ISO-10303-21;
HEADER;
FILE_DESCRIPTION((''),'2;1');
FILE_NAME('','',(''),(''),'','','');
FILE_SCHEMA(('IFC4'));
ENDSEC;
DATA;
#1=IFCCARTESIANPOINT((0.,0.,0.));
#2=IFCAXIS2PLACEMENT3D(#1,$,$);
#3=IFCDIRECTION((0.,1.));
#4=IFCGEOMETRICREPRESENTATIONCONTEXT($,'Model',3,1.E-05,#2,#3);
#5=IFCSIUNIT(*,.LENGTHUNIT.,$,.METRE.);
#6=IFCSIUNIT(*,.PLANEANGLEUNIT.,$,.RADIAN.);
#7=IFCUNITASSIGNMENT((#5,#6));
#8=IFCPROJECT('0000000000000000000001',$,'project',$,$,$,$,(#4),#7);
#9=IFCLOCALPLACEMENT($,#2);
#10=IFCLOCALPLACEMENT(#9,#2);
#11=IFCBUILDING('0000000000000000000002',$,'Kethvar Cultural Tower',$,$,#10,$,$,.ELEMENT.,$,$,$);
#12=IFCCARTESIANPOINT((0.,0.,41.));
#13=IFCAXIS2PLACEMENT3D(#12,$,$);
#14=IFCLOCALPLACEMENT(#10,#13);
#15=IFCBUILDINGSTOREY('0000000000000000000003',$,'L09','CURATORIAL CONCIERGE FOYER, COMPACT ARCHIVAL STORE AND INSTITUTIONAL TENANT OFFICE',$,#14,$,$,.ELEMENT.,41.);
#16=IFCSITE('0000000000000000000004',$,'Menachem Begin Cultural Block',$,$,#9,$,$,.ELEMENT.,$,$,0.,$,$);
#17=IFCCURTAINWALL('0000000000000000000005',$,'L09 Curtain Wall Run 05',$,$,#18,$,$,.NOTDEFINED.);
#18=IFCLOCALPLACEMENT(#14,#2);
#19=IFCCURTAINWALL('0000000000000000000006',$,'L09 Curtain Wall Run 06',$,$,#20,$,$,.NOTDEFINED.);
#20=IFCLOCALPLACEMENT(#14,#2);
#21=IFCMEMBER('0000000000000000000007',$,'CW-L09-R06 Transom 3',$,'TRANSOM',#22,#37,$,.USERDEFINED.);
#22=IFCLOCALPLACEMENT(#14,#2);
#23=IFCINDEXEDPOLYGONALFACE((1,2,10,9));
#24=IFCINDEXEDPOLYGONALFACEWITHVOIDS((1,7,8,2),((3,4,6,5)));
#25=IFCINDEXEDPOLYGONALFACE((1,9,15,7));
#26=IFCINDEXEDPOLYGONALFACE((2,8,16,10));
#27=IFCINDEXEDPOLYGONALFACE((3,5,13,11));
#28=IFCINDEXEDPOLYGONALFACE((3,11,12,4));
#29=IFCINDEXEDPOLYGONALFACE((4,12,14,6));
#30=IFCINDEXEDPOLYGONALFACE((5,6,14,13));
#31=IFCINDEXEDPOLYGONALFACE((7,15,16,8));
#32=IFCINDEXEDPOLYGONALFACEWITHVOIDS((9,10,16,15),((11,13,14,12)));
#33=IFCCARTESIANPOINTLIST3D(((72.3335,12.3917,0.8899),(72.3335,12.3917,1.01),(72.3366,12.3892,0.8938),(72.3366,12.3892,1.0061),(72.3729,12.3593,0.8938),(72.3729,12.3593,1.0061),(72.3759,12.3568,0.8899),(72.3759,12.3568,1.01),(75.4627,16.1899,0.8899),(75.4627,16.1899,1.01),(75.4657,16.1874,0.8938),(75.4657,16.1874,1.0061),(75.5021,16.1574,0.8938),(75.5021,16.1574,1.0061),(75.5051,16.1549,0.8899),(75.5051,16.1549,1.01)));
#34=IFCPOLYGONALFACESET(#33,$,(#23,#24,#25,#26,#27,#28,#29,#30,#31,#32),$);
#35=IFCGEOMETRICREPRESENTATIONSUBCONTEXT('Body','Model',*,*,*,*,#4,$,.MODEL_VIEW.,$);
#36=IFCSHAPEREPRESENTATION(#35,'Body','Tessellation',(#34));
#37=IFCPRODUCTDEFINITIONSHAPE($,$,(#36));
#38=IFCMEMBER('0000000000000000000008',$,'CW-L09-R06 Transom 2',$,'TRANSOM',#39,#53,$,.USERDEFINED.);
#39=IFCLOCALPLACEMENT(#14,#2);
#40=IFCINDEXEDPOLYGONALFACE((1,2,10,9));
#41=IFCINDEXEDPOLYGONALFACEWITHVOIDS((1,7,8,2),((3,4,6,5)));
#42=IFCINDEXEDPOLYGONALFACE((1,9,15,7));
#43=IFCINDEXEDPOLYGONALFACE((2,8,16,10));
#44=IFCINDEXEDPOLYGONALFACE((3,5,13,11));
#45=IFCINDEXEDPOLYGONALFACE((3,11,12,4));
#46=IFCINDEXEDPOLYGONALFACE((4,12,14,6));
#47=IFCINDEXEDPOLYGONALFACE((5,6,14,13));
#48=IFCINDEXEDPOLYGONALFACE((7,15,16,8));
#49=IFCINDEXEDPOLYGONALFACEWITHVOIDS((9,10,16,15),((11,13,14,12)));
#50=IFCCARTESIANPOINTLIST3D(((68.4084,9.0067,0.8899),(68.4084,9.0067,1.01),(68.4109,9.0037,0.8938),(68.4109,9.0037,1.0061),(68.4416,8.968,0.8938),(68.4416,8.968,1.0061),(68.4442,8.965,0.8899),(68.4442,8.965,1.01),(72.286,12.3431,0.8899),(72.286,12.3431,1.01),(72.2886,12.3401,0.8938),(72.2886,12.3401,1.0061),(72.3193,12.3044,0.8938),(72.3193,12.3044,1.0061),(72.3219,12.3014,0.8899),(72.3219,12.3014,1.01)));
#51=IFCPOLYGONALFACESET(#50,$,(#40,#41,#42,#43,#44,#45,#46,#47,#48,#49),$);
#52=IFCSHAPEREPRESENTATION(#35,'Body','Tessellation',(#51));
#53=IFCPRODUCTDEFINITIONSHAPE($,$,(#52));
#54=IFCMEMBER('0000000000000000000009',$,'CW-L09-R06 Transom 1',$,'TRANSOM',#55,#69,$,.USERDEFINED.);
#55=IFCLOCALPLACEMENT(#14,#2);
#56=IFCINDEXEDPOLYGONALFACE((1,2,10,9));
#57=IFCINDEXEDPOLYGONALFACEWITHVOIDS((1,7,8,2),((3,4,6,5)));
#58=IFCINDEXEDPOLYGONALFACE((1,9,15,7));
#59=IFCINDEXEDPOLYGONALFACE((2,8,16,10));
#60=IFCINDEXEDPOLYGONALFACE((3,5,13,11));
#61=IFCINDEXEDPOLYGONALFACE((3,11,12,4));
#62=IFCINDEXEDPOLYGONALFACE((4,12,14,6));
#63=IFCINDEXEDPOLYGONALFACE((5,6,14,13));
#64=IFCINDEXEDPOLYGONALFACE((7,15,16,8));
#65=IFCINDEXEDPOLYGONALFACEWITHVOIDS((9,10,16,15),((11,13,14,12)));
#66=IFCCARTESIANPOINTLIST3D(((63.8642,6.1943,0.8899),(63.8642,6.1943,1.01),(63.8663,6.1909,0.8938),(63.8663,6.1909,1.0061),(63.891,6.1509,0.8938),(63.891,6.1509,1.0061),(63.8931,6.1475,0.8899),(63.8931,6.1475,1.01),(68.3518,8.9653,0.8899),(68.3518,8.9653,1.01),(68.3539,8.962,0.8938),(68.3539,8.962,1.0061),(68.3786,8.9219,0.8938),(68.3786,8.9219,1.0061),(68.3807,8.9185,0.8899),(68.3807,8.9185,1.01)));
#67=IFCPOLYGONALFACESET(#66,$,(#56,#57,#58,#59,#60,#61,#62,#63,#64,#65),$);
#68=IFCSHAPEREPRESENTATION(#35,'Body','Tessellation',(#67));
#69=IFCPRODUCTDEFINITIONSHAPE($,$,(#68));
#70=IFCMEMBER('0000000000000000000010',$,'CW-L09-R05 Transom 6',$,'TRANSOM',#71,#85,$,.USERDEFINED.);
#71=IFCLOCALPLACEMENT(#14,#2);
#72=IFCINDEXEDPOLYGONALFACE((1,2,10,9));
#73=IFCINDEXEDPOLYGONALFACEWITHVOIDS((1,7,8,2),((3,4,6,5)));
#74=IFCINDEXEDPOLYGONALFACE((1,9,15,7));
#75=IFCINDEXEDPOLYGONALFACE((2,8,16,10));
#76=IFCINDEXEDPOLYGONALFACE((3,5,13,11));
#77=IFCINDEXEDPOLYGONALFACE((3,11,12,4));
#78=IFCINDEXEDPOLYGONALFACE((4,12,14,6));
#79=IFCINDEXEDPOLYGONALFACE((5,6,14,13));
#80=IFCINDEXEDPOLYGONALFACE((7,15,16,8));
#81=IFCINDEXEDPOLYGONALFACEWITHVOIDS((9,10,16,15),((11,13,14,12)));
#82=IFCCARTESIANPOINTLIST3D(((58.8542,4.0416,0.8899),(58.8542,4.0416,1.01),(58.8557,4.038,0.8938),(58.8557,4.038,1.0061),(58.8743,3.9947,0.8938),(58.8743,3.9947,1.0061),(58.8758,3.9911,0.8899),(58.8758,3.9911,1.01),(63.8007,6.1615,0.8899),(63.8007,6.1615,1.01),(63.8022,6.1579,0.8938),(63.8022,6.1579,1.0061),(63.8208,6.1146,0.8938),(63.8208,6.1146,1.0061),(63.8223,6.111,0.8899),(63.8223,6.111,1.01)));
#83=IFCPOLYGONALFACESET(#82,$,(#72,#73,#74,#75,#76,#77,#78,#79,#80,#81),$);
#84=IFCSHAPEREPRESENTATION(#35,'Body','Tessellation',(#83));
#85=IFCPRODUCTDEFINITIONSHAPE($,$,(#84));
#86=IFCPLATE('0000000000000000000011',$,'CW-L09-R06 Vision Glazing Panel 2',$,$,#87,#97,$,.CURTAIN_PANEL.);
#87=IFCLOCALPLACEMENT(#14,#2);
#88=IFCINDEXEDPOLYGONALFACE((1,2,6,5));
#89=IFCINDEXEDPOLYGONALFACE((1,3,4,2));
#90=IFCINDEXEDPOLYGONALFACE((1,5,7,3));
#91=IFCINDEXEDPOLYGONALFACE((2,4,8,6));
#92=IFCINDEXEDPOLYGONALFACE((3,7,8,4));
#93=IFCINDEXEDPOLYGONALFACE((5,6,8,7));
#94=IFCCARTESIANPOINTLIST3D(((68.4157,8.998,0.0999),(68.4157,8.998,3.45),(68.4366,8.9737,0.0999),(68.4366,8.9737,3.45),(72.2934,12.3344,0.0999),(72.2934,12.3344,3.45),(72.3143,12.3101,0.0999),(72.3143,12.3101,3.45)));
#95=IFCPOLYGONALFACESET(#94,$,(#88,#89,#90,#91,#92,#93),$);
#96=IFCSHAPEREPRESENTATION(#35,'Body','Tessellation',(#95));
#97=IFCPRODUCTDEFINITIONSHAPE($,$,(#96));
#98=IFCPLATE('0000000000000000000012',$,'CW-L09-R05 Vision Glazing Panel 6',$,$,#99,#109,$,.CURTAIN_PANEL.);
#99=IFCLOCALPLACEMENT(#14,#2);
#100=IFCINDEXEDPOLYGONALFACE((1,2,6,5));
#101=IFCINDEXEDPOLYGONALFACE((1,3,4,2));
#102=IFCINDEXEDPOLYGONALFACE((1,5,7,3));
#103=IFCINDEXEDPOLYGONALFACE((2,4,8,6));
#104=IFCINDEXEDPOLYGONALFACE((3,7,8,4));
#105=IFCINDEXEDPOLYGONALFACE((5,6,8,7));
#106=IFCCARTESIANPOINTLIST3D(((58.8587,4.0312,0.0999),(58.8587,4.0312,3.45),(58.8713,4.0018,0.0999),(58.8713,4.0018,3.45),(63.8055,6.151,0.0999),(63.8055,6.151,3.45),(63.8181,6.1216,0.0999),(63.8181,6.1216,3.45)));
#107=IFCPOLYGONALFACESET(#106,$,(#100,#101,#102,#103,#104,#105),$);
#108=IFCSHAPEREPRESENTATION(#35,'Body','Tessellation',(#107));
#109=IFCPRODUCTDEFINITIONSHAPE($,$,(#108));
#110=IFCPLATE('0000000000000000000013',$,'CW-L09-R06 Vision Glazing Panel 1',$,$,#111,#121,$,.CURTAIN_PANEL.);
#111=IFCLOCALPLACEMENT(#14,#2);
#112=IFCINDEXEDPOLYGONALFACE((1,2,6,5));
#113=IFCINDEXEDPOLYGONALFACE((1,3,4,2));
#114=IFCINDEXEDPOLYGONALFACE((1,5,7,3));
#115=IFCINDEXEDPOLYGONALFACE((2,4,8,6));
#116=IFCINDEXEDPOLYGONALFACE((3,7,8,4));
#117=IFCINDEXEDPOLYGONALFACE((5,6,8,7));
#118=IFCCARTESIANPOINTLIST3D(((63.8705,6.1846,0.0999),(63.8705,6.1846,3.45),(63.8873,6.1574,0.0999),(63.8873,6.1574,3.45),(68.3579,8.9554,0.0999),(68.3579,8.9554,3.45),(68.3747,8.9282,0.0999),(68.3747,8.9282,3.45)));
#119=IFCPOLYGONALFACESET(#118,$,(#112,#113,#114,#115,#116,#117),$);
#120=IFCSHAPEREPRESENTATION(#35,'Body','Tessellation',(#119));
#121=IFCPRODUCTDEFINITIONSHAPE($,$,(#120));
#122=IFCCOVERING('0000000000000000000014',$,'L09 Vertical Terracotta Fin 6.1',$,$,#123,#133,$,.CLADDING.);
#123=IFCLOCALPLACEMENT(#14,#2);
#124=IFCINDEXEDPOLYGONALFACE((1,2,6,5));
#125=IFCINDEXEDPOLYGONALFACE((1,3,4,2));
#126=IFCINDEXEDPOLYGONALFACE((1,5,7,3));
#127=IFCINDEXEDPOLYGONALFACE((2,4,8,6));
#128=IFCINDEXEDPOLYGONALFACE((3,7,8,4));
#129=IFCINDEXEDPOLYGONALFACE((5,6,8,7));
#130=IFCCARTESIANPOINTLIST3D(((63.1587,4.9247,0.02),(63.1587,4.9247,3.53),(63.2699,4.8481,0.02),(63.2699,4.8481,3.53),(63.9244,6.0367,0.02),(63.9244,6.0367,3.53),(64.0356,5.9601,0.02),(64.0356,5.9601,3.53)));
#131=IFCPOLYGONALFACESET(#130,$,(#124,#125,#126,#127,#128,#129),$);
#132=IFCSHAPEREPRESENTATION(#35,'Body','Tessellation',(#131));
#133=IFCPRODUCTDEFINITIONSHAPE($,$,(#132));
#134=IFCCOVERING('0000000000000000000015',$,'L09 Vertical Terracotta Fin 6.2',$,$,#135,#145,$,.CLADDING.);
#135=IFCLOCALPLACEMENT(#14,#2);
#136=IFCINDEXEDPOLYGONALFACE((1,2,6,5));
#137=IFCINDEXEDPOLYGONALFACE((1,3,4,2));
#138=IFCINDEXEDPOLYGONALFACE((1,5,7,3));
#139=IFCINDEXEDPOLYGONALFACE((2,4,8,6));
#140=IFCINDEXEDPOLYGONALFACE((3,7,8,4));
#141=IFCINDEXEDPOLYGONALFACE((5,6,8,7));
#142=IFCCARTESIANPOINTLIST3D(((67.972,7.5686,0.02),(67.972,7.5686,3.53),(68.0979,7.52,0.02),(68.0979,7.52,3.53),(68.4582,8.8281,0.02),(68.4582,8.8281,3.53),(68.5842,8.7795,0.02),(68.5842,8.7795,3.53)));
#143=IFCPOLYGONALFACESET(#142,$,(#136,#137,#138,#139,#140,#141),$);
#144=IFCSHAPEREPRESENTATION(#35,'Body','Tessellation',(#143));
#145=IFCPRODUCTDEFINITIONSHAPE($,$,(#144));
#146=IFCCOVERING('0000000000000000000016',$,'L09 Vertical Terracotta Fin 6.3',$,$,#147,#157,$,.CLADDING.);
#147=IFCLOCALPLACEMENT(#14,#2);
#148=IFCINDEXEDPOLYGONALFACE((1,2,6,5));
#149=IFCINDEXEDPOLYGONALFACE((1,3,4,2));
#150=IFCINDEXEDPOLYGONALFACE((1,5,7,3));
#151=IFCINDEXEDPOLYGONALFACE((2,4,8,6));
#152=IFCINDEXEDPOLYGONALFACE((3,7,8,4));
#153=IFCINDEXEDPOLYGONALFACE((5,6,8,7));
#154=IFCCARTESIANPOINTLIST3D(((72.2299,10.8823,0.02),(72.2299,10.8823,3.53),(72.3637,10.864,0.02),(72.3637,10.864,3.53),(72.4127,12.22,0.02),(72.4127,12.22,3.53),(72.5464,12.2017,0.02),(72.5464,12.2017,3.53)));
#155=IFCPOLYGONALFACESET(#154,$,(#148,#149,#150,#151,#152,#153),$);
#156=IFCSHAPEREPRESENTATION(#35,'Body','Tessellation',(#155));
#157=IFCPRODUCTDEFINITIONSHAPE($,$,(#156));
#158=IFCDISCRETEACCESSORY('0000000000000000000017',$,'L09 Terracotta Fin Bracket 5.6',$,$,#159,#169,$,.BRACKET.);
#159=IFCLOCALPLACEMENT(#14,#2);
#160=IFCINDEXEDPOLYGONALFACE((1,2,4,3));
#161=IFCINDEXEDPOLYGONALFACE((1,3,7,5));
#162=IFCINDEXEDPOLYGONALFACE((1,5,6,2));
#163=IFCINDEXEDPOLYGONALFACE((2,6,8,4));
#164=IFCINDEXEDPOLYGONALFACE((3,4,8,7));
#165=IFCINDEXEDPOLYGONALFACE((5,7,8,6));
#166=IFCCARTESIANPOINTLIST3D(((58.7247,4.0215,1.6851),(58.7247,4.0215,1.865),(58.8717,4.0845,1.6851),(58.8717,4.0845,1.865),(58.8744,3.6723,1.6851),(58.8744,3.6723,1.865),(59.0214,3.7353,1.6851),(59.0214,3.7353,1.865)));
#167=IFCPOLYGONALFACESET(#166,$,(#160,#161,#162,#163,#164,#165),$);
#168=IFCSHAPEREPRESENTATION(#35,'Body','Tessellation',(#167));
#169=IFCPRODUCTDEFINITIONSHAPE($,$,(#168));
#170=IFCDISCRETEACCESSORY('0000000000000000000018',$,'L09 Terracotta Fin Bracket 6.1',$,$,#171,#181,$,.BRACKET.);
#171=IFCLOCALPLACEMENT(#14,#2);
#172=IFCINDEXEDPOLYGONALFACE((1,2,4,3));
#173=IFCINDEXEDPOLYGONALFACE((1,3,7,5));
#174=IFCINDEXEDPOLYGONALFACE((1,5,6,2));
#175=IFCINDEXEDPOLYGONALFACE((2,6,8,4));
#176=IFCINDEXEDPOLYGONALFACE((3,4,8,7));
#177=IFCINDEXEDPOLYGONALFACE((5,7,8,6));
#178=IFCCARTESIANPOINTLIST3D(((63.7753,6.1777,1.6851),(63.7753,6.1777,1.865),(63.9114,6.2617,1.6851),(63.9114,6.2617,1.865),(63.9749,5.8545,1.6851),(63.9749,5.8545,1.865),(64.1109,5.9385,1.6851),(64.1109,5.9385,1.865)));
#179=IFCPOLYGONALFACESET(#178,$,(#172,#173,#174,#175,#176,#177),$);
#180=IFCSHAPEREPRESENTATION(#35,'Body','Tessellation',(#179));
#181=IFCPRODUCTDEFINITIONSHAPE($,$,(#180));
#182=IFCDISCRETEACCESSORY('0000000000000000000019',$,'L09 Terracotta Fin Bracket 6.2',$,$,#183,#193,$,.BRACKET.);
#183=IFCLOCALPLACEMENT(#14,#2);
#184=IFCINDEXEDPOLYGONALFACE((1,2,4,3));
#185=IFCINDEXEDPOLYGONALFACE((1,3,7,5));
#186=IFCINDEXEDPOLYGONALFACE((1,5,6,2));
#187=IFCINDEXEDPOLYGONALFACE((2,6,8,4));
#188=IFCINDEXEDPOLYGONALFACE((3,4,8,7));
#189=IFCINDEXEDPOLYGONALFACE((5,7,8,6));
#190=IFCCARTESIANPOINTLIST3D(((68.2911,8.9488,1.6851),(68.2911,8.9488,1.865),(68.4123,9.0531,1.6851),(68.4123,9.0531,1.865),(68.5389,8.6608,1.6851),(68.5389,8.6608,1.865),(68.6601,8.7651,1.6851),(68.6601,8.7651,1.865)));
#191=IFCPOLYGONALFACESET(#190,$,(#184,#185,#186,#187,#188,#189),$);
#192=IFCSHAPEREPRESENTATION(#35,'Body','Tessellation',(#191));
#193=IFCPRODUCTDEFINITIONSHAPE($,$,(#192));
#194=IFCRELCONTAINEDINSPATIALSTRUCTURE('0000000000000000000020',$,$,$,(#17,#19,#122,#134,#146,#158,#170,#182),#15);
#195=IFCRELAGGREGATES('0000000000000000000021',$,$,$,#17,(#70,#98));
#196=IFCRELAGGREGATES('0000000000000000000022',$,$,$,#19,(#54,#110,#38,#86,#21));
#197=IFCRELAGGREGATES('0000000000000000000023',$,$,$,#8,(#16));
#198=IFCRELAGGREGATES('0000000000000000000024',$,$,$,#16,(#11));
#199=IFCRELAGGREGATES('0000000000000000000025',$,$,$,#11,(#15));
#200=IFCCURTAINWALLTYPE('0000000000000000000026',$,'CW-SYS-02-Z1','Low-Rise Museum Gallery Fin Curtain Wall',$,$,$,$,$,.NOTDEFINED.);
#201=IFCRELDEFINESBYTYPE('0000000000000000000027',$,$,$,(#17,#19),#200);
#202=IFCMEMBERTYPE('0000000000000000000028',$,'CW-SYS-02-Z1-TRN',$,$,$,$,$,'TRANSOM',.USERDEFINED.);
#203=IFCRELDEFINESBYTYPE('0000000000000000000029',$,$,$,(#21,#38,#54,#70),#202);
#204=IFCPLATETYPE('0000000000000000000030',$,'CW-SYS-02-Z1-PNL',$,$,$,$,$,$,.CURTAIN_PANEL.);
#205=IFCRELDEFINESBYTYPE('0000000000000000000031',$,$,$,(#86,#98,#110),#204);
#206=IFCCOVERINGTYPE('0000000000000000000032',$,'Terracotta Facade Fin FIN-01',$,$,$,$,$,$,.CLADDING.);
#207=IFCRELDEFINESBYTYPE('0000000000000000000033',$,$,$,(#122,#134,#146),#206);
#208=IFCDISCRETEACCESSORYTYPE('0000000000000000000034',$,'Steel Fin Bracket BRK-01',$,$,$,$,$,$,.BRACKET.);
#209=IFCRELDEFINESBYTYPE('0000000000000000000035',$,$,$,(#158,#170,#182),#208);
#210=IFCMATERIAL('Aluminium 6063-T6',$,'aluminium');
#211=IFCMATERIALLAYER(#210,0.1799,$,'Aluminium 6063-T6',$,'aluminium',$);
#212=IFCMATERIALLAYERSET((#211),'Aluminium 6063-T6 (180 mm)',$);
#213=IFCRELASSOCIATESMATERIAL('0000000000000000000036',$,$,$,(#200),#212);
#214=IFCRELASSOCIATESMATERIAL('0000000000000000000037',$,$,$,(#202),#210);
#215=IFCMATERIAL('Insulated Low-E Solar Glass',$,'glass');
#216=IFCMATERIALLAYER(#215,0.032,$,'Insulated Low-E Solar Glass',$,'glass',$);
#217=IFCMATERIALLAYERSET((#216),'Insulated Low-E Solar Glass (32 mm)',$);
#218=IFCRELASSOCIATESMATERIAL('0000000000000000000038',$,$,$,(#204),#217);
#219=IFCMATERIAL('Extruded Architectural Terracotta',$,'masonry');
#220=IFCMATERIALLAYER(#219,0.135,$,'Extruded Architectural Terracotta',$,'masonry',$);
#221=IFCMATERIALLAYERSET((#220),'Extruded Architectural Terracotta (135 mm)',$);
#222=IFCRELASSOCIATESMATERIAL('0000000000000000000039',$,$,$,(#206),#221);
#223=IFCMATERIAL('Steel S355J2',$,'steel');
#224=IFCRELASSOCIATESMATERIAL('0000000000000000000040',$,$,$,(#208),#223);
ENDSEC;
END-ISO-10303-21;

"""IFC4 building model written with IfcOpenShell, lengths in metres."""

from ifc_helpers import new_model, si_unit, direction, frame, origin, origin_2d, place, context, subcontext, project, spatial, rectangle, hollow_rectangle, extrude, source, transform, mapped, material, layer, layer_set, material_profile, profile_set, type_object, element, aggregate, save


model = new_model("IFC4")

# Units and contexts
model_context = context("Model", 3, precision=1e-05, world=origin(), true_north=direction((0.0, 1.0)))
body_context = subcontext(model_context, "Body", "Model", "MODEL_VIEW")
ifc_project = project(units=[si_unit("LENGTHUNIT", "METRE"), si_unit("PLANEANGLEUNIT", "RADIAN")], contexts=[model_context])

# Site, building, storey
site_placement = place(None, origin())
site = spatial("IfcSite", under=ifc_project, at=site_placement, Name="Menachem Begin Cultural Block", CompositionType="ELEMENT", RefElevation=0.0)
building_placement = place(site_placement, origin())
building = spatial("IfcBuilding", under=site, at=building_placement, Name="Kethvar Cultural Tower", CompositionType="ELEMENT")
storey_placement = place(building_placement, frame((0.0, 0.0, 41.0)))
storey = spatial("IfcBuildingStorey", under=building, at=storey_placement, Name="L09", Description="CURATORIAL CONCIERGE FOYER, COMPACT ARCHIVAL STORE AND INSTITUTIONAL TENANT OFFICE", CompositionType="ELEMENT", Elevation=41.0)

# Shared definitions
ifc_material_1 = material(Name="Steel S355J2", Category="steel")

# Curtain walls, members
ifc_material_2 = material(Name="Aluminium 6063-T6", Category="aluminium")
ifc_layer_1 = layer(ifc_material_2, 0.1799, Name="Aluminium 6063-T6", Category="aluminium")
ifc_layer_set_1 = layer_set([ifc_layer_1], Name="Aluminium 6063-T6 (180 mm)")
curtain_wall_type = type_object("IfcCurtainWallType", Name="CW-SYS-02-Z1", Description="Low-Rise Museum Gallery Fin Curtain Wall", PredefinedType="NOTDEFINED", material=ifc_layer_set_1)
curtain_wall_1_placement = place(storey_placement, origin())
curtain_wall_1 = element("IfcCurtainWall", 1, at=curtain_wall_1_placement, inside=storey, type_object=curtain_wall_type, Name="L09 Curtain Wall Run 05", PredefinedType="NOTDEFINED")
curtain_wall_2_placement = place(storey_placement, origin())
curtain_wall_2 = element("IfcCurtainWall", 2, at=curtain_wall_2_placement, inside=storey, type_object=curtain_wall_type, Name="L09 Curtain Wall Run 06", PredefinedType="NOTDEFINED")
ifc_material_profile_1 = material_profile(ifc_material_2, hollow_rectangle(XDim=0.0549, YDim=0.1201, WallThickness=0.0039, at=origin_2d()), Name="Aluminium 6063-T6 — RHS120x55x4")
ifc_profile_set_1 = profile_set([ifc_material_profile_1], Name="Aluminium 6063-T6 — RHS120x55x4")
member_type_1 = type_object("IfcMemberType", Name="CW-SYS-02-Z1-TRN", ElementType="TRANSOM", PredefinedType="USERDEFINED", material=ifc_profile_set_1)
shared_shape_1 = source(origin(), body_context, "Body", "SweptSolid", [
    extrude(hollow_rectangle(XDim=0.0549, YDim=0.1201, WallThickness=0.0039, at=origin_2d()), origin(), (0.0, 0.0, 1.0), 4.9211),
])
member_1_placement = place(storey_placement, frame((72.3547, 12.3743, 0.95), z_axis=(0.635865, 0.7718, 0.0), x_axis=(-0.7718, 0.635865, 0.0)))
member_1 = element("IfcMember", 3, at=member_1_placement, type_object=member_type_1, Name="CW-L09-R06 Transom 3", ObjectType="TRANSOM", PredefinedType="USERDEFINED", context=body_context, shape_type="MappedRepresentation", body=[
    mapped(shared_shape_1, transform((0.0, 0.0, 0.0), scale=1.0)),
])
shared_shape_2 = source(origin(), body_context, "Body", "SweptSolid", [
    extrude(hollow_rectangle(XDim=0.0549, YDim=0.1201, WallThickness=0.0039, at=origin_2d()), origin(), (0.0, 0.0, 1.0), 5.1155),
])
member_2_placement = place(storey_placement, frame((68.4263, 8.9858, 0.95), z_axis=(0.758029, 0.652221, 0.0), x_axis=(-0.652221, 0.758029, 0.0)))
member_2 = element("IfcMember", 4, at=member_2_placement, type_object=member_type_1, Name="CW-L09-R06 Transom 2", ObjectType="TRANSOM", PredefinedType="USERDEFINED", context=body_context, shape_type="MappedRepresentation", body=[
    mapped(shared_shape_2, transform((0.0, 0.0, 0.0), scale=1.0)),
])
shared_shape_3 = source(origin(), body_context, "Body", "SweptSolid", [
    extrude(hollow_rectangle(XDim=0.0549, YDim=0.1201, WallThickness=0.0039, at=origin_2d()), origin(), (0.0, 0.0, 1.0), 5.2742),
])
member_3_placement = place(storey_placement, frame((63.8787, 6.1709, 0.95), z_axis=(0.850859, 0.525393, 0.0), x_axis=(-0.525393, 0.850859, 0.0)))
member_3 = element("IfcMember", 5, at=member_3_placement, type_object=member_type_1, Name="CW-L09-R06 Transom 1", ObjectType="TRANSOM", PredefinedType="USERDEFINED", context=body_context, shape_type="MappedRepresentation", body=[
    mapped(shared_shape_3, transform((0.0, 0.0, 0.0), scale=1.0)),
])

# Member
shared_shape_4 = source(origin(), body_context, "Body", "SweptSolid", [
    extrude(hollow_rectangle(XDim=0.0549, YDim=0.1201, WallThickness=0.0039, at=origin_2d()), origin(), (0.0, 0.0, 1.0), 5.3816),
])
member_4_placement = place(storey_placement, frame((58.865, 4.0164, 0.95), z_axis=(0.91915, 0.393908, 0.0), x_axis=(-0.393908, 0.91915, 0.0)))
member_4 = element("IfcMember", 6, at=member_4_placement, type_object=member_type_1, Name="CW-L09-R05 Transom 6", ObjectType="TRANSOM", PredefinedType="USERDEFINED", context=body_context, shape_type="MappedRepresentation", body=[
    mapped(shared_shape_4, transform((0.0, 0.0, 0.0), scale=1.0)),
])

# Plates
ifc_material_3 = material(Name="Insulated Low-E Solar Glass", Category="glass")
ifc_layer_2 = layer(ifc_material_3, 0.032, Name="Insulated Low-E Solar Glass", Category="glass")
ifc_layer_set_2 = layer_set([ifc_layer_2], Name="Insulated Low-E Solar Glass (32 mm)")
plate_type = type_object("IfcPlateType", Name="CW-SYS-02-Z1-PNL", PredefinedType="CURTAIN_PANEL", material=ifc_layer_set_2)
shared_shape_5 = source(origin(), body_context, "Body", "SweptSolid", [
    extrude(rectangle(XDim=5.1155, YDim=0.032, at=origin_2d()), origin(), (0.0, 0.0, 1.0), 3.3501),
])
plate_1_placement = place(storey_placement, frame((70.365, 10.6541, 0.0999), z_axis=(0.0, 0.0, 1.0), x_axis=(0.758032, 0.652217, 0.0)))
plate_1 = element("IfcPlate", 7, at=plate_1_placement, type_object=plate_type, Name="CW-L09-R06 Vision Glazing Panel 2", PredefinedType="CURTAIN_PANEL", context=body_context, shape_type="MappedRepresentation", body=[
    mapped(shared_shape_5, transform((0.0, 0.0, 0.0), scale=1.0)),
])
shared_shape_6 = source(origin(), body_context, "Body", "SweptSolid", [
    extrude(rectangle(XDim=5.3818, YDim=0.032, at=origin_2d()), origin(), (0.0, 0.0, 1.0), 3.3501),
])
plate_2_placement = place(storey_placement, frame((61.3384, 5.0764, 0.0999), z_axis=(0.0, 0.0, 1.0), x_axis=(0.919163, 0.393878, 0.0)))
plate_2 = element("IfcPlate", 8, at=plate_2_placement, type_object=plate_type, Name="CW-L09-R05 Vision Glazing Panel 6", PredefinedType="CURTAIN_PANEL", context=body_context, shape_type="MappedRepresentation", body=[
    mapped(shared_shape_6, transform((0.0, 0.0, 0.0), scale=1.0)),
])
aggregate(curtain_wall_1, [member_4, plate_2])
shared_shape_7 = source(origin(), body_context, "Body", "SweptSolid", [
    extrude(rectangle(XDim=5.2739, YDim=0.032, at=origin_2d()), origin(), (0.0, 0.0, 1.0), 3.3501),
])
plate_3_placement = place(storey_placement, frame((66.1226, 7.5564, 0.0999), z_axis=(0.0, 0.0, 1.0), x_axis=(0.850866, 0.525383, 0.0)))
plate_3 = element("IfcPlate", 9, at=plate_3_placement, type_object=plate_type, Name="CW-L09-R06 Vision Glazing Panel 1", PredefinedType="CURTAIN_PANEL", context=body_context, shape_type="MappedRepresentation", body=[
    mapped(shared_shape_7, transform((0.0, 0.0, 0.0), scale=1.0)),
])
aggregate(curtain_wall_2, [member_3, plate_3, member_2, plate_1, member_1])

# Coverings
ifc_material_4 = material(Name="Extruded Architectural Terracotta", Category="masonry")
ifc_layer_3 = layer(ifc_material_4, 0.135, Name="Extruded Architectural Terracotta", Category="masonry")
ifc_layer_set_3 = layer_set([ifc_layer_3], Name="Extruded Architectural Terracotta (135 mm)")
covering_type = type_object("IfcCoveringType", Name="Terracotta Facade Fin FIN-01", PredefinedType="CLADDING", material=ifc_layer_set_3)
shared_shape_8 = source(origin(), body_context, "Body", "SweptSolid", [
    extrude(rectangle(XDim=1.3501, YDim=0.135, at=origin_2d()), origin(), (0.0, 0.0, 1.0), 3.51),
])
for number, where, z_axis, x_axis, name in (
    (10, (63.5972, 5.4424, 0.02), (0.0, 0.0, 1.0), (-0.567125, -0.823632, 0.0), "L09 Vertical Terracotta Fin 6.1"),
    (11, (68.2781, 8.1741, 0.02), (0.0, 0.0, 1.0), (-0.36016, -0.932891, 0.0), "L09 Vertical Terracotta Fin 6.2"),
    (12, (72.3882, 11.542, 0.02), (0.0, 0.0, 1.0), (-0.13537, -0.990795, 0.0), "L09 Vertical Terracotta Fin 6.3"),
):
    element("IfcCovering", number, at=place(storey_placement, frame(where, z_axis=z_axis, x_axis=x_axis)), inside=storey, type_object=covering_type, Name=name, PredefinedType="CLADDING", context=body_context, shape_type="MappedRepresentation", body=[
        mapped(shared_shape_8, transform((0.0, 0.0, 0.0), scale=1.0)),
    ])

# Discrete accessories
discrete_accessory_type = type_object("IfcDiscreteAccessoryType", Name="Steel Fin Bracket BRK-01", PredefinedType="BRACKET", material=ifc_material_1)
shared_shape_9 = source(origin(), body_context, "Body", "SweptSolid", [
    extrude(rectangle(XDim=0.3799, YDim=0.1599, at=origin_2d()), origin(), (0.0, 0.0, 1.0), 0.1799),
])
for number, where, z_axis, x_axis, name in (
    (13, (58.873, 3.8784, 1.6851), (0.0, 0.0, 1.0), (0.393942, -0.919135, 0.0), "L09 Terracotta Fin Bracket 5.6"),
    (14, (63.9431, 6.0581, 1.6851), (0.0, 0.0, 1.0), (0.525323, -0.850903, 0.0), "L09 Terracotta Fin Bracket 6.1"),
    (15, (68.4756, 8.8569, 1.6851), (0.0, 0.0, 1.0), (0.652231, -0.758021, 0.0), "L09 Terracotta Fin Bracket 6.2"),
):
    element("IfcDiscreteAccessory", number, at=place(storey_placement, frame(where, z_axis=z_axis, x_axis=x_axis)), inside=storey, type_object=discrete_accessory_type, Name=name, PredefinedType="BRACKET", context=body_context, shape_type="MappedRepresentation", body=[
        mapped(shared_shape_9, transform((0.0, 0.0, 0.0), scale=1.0)),
    ])

save(model, "model.ifc")
